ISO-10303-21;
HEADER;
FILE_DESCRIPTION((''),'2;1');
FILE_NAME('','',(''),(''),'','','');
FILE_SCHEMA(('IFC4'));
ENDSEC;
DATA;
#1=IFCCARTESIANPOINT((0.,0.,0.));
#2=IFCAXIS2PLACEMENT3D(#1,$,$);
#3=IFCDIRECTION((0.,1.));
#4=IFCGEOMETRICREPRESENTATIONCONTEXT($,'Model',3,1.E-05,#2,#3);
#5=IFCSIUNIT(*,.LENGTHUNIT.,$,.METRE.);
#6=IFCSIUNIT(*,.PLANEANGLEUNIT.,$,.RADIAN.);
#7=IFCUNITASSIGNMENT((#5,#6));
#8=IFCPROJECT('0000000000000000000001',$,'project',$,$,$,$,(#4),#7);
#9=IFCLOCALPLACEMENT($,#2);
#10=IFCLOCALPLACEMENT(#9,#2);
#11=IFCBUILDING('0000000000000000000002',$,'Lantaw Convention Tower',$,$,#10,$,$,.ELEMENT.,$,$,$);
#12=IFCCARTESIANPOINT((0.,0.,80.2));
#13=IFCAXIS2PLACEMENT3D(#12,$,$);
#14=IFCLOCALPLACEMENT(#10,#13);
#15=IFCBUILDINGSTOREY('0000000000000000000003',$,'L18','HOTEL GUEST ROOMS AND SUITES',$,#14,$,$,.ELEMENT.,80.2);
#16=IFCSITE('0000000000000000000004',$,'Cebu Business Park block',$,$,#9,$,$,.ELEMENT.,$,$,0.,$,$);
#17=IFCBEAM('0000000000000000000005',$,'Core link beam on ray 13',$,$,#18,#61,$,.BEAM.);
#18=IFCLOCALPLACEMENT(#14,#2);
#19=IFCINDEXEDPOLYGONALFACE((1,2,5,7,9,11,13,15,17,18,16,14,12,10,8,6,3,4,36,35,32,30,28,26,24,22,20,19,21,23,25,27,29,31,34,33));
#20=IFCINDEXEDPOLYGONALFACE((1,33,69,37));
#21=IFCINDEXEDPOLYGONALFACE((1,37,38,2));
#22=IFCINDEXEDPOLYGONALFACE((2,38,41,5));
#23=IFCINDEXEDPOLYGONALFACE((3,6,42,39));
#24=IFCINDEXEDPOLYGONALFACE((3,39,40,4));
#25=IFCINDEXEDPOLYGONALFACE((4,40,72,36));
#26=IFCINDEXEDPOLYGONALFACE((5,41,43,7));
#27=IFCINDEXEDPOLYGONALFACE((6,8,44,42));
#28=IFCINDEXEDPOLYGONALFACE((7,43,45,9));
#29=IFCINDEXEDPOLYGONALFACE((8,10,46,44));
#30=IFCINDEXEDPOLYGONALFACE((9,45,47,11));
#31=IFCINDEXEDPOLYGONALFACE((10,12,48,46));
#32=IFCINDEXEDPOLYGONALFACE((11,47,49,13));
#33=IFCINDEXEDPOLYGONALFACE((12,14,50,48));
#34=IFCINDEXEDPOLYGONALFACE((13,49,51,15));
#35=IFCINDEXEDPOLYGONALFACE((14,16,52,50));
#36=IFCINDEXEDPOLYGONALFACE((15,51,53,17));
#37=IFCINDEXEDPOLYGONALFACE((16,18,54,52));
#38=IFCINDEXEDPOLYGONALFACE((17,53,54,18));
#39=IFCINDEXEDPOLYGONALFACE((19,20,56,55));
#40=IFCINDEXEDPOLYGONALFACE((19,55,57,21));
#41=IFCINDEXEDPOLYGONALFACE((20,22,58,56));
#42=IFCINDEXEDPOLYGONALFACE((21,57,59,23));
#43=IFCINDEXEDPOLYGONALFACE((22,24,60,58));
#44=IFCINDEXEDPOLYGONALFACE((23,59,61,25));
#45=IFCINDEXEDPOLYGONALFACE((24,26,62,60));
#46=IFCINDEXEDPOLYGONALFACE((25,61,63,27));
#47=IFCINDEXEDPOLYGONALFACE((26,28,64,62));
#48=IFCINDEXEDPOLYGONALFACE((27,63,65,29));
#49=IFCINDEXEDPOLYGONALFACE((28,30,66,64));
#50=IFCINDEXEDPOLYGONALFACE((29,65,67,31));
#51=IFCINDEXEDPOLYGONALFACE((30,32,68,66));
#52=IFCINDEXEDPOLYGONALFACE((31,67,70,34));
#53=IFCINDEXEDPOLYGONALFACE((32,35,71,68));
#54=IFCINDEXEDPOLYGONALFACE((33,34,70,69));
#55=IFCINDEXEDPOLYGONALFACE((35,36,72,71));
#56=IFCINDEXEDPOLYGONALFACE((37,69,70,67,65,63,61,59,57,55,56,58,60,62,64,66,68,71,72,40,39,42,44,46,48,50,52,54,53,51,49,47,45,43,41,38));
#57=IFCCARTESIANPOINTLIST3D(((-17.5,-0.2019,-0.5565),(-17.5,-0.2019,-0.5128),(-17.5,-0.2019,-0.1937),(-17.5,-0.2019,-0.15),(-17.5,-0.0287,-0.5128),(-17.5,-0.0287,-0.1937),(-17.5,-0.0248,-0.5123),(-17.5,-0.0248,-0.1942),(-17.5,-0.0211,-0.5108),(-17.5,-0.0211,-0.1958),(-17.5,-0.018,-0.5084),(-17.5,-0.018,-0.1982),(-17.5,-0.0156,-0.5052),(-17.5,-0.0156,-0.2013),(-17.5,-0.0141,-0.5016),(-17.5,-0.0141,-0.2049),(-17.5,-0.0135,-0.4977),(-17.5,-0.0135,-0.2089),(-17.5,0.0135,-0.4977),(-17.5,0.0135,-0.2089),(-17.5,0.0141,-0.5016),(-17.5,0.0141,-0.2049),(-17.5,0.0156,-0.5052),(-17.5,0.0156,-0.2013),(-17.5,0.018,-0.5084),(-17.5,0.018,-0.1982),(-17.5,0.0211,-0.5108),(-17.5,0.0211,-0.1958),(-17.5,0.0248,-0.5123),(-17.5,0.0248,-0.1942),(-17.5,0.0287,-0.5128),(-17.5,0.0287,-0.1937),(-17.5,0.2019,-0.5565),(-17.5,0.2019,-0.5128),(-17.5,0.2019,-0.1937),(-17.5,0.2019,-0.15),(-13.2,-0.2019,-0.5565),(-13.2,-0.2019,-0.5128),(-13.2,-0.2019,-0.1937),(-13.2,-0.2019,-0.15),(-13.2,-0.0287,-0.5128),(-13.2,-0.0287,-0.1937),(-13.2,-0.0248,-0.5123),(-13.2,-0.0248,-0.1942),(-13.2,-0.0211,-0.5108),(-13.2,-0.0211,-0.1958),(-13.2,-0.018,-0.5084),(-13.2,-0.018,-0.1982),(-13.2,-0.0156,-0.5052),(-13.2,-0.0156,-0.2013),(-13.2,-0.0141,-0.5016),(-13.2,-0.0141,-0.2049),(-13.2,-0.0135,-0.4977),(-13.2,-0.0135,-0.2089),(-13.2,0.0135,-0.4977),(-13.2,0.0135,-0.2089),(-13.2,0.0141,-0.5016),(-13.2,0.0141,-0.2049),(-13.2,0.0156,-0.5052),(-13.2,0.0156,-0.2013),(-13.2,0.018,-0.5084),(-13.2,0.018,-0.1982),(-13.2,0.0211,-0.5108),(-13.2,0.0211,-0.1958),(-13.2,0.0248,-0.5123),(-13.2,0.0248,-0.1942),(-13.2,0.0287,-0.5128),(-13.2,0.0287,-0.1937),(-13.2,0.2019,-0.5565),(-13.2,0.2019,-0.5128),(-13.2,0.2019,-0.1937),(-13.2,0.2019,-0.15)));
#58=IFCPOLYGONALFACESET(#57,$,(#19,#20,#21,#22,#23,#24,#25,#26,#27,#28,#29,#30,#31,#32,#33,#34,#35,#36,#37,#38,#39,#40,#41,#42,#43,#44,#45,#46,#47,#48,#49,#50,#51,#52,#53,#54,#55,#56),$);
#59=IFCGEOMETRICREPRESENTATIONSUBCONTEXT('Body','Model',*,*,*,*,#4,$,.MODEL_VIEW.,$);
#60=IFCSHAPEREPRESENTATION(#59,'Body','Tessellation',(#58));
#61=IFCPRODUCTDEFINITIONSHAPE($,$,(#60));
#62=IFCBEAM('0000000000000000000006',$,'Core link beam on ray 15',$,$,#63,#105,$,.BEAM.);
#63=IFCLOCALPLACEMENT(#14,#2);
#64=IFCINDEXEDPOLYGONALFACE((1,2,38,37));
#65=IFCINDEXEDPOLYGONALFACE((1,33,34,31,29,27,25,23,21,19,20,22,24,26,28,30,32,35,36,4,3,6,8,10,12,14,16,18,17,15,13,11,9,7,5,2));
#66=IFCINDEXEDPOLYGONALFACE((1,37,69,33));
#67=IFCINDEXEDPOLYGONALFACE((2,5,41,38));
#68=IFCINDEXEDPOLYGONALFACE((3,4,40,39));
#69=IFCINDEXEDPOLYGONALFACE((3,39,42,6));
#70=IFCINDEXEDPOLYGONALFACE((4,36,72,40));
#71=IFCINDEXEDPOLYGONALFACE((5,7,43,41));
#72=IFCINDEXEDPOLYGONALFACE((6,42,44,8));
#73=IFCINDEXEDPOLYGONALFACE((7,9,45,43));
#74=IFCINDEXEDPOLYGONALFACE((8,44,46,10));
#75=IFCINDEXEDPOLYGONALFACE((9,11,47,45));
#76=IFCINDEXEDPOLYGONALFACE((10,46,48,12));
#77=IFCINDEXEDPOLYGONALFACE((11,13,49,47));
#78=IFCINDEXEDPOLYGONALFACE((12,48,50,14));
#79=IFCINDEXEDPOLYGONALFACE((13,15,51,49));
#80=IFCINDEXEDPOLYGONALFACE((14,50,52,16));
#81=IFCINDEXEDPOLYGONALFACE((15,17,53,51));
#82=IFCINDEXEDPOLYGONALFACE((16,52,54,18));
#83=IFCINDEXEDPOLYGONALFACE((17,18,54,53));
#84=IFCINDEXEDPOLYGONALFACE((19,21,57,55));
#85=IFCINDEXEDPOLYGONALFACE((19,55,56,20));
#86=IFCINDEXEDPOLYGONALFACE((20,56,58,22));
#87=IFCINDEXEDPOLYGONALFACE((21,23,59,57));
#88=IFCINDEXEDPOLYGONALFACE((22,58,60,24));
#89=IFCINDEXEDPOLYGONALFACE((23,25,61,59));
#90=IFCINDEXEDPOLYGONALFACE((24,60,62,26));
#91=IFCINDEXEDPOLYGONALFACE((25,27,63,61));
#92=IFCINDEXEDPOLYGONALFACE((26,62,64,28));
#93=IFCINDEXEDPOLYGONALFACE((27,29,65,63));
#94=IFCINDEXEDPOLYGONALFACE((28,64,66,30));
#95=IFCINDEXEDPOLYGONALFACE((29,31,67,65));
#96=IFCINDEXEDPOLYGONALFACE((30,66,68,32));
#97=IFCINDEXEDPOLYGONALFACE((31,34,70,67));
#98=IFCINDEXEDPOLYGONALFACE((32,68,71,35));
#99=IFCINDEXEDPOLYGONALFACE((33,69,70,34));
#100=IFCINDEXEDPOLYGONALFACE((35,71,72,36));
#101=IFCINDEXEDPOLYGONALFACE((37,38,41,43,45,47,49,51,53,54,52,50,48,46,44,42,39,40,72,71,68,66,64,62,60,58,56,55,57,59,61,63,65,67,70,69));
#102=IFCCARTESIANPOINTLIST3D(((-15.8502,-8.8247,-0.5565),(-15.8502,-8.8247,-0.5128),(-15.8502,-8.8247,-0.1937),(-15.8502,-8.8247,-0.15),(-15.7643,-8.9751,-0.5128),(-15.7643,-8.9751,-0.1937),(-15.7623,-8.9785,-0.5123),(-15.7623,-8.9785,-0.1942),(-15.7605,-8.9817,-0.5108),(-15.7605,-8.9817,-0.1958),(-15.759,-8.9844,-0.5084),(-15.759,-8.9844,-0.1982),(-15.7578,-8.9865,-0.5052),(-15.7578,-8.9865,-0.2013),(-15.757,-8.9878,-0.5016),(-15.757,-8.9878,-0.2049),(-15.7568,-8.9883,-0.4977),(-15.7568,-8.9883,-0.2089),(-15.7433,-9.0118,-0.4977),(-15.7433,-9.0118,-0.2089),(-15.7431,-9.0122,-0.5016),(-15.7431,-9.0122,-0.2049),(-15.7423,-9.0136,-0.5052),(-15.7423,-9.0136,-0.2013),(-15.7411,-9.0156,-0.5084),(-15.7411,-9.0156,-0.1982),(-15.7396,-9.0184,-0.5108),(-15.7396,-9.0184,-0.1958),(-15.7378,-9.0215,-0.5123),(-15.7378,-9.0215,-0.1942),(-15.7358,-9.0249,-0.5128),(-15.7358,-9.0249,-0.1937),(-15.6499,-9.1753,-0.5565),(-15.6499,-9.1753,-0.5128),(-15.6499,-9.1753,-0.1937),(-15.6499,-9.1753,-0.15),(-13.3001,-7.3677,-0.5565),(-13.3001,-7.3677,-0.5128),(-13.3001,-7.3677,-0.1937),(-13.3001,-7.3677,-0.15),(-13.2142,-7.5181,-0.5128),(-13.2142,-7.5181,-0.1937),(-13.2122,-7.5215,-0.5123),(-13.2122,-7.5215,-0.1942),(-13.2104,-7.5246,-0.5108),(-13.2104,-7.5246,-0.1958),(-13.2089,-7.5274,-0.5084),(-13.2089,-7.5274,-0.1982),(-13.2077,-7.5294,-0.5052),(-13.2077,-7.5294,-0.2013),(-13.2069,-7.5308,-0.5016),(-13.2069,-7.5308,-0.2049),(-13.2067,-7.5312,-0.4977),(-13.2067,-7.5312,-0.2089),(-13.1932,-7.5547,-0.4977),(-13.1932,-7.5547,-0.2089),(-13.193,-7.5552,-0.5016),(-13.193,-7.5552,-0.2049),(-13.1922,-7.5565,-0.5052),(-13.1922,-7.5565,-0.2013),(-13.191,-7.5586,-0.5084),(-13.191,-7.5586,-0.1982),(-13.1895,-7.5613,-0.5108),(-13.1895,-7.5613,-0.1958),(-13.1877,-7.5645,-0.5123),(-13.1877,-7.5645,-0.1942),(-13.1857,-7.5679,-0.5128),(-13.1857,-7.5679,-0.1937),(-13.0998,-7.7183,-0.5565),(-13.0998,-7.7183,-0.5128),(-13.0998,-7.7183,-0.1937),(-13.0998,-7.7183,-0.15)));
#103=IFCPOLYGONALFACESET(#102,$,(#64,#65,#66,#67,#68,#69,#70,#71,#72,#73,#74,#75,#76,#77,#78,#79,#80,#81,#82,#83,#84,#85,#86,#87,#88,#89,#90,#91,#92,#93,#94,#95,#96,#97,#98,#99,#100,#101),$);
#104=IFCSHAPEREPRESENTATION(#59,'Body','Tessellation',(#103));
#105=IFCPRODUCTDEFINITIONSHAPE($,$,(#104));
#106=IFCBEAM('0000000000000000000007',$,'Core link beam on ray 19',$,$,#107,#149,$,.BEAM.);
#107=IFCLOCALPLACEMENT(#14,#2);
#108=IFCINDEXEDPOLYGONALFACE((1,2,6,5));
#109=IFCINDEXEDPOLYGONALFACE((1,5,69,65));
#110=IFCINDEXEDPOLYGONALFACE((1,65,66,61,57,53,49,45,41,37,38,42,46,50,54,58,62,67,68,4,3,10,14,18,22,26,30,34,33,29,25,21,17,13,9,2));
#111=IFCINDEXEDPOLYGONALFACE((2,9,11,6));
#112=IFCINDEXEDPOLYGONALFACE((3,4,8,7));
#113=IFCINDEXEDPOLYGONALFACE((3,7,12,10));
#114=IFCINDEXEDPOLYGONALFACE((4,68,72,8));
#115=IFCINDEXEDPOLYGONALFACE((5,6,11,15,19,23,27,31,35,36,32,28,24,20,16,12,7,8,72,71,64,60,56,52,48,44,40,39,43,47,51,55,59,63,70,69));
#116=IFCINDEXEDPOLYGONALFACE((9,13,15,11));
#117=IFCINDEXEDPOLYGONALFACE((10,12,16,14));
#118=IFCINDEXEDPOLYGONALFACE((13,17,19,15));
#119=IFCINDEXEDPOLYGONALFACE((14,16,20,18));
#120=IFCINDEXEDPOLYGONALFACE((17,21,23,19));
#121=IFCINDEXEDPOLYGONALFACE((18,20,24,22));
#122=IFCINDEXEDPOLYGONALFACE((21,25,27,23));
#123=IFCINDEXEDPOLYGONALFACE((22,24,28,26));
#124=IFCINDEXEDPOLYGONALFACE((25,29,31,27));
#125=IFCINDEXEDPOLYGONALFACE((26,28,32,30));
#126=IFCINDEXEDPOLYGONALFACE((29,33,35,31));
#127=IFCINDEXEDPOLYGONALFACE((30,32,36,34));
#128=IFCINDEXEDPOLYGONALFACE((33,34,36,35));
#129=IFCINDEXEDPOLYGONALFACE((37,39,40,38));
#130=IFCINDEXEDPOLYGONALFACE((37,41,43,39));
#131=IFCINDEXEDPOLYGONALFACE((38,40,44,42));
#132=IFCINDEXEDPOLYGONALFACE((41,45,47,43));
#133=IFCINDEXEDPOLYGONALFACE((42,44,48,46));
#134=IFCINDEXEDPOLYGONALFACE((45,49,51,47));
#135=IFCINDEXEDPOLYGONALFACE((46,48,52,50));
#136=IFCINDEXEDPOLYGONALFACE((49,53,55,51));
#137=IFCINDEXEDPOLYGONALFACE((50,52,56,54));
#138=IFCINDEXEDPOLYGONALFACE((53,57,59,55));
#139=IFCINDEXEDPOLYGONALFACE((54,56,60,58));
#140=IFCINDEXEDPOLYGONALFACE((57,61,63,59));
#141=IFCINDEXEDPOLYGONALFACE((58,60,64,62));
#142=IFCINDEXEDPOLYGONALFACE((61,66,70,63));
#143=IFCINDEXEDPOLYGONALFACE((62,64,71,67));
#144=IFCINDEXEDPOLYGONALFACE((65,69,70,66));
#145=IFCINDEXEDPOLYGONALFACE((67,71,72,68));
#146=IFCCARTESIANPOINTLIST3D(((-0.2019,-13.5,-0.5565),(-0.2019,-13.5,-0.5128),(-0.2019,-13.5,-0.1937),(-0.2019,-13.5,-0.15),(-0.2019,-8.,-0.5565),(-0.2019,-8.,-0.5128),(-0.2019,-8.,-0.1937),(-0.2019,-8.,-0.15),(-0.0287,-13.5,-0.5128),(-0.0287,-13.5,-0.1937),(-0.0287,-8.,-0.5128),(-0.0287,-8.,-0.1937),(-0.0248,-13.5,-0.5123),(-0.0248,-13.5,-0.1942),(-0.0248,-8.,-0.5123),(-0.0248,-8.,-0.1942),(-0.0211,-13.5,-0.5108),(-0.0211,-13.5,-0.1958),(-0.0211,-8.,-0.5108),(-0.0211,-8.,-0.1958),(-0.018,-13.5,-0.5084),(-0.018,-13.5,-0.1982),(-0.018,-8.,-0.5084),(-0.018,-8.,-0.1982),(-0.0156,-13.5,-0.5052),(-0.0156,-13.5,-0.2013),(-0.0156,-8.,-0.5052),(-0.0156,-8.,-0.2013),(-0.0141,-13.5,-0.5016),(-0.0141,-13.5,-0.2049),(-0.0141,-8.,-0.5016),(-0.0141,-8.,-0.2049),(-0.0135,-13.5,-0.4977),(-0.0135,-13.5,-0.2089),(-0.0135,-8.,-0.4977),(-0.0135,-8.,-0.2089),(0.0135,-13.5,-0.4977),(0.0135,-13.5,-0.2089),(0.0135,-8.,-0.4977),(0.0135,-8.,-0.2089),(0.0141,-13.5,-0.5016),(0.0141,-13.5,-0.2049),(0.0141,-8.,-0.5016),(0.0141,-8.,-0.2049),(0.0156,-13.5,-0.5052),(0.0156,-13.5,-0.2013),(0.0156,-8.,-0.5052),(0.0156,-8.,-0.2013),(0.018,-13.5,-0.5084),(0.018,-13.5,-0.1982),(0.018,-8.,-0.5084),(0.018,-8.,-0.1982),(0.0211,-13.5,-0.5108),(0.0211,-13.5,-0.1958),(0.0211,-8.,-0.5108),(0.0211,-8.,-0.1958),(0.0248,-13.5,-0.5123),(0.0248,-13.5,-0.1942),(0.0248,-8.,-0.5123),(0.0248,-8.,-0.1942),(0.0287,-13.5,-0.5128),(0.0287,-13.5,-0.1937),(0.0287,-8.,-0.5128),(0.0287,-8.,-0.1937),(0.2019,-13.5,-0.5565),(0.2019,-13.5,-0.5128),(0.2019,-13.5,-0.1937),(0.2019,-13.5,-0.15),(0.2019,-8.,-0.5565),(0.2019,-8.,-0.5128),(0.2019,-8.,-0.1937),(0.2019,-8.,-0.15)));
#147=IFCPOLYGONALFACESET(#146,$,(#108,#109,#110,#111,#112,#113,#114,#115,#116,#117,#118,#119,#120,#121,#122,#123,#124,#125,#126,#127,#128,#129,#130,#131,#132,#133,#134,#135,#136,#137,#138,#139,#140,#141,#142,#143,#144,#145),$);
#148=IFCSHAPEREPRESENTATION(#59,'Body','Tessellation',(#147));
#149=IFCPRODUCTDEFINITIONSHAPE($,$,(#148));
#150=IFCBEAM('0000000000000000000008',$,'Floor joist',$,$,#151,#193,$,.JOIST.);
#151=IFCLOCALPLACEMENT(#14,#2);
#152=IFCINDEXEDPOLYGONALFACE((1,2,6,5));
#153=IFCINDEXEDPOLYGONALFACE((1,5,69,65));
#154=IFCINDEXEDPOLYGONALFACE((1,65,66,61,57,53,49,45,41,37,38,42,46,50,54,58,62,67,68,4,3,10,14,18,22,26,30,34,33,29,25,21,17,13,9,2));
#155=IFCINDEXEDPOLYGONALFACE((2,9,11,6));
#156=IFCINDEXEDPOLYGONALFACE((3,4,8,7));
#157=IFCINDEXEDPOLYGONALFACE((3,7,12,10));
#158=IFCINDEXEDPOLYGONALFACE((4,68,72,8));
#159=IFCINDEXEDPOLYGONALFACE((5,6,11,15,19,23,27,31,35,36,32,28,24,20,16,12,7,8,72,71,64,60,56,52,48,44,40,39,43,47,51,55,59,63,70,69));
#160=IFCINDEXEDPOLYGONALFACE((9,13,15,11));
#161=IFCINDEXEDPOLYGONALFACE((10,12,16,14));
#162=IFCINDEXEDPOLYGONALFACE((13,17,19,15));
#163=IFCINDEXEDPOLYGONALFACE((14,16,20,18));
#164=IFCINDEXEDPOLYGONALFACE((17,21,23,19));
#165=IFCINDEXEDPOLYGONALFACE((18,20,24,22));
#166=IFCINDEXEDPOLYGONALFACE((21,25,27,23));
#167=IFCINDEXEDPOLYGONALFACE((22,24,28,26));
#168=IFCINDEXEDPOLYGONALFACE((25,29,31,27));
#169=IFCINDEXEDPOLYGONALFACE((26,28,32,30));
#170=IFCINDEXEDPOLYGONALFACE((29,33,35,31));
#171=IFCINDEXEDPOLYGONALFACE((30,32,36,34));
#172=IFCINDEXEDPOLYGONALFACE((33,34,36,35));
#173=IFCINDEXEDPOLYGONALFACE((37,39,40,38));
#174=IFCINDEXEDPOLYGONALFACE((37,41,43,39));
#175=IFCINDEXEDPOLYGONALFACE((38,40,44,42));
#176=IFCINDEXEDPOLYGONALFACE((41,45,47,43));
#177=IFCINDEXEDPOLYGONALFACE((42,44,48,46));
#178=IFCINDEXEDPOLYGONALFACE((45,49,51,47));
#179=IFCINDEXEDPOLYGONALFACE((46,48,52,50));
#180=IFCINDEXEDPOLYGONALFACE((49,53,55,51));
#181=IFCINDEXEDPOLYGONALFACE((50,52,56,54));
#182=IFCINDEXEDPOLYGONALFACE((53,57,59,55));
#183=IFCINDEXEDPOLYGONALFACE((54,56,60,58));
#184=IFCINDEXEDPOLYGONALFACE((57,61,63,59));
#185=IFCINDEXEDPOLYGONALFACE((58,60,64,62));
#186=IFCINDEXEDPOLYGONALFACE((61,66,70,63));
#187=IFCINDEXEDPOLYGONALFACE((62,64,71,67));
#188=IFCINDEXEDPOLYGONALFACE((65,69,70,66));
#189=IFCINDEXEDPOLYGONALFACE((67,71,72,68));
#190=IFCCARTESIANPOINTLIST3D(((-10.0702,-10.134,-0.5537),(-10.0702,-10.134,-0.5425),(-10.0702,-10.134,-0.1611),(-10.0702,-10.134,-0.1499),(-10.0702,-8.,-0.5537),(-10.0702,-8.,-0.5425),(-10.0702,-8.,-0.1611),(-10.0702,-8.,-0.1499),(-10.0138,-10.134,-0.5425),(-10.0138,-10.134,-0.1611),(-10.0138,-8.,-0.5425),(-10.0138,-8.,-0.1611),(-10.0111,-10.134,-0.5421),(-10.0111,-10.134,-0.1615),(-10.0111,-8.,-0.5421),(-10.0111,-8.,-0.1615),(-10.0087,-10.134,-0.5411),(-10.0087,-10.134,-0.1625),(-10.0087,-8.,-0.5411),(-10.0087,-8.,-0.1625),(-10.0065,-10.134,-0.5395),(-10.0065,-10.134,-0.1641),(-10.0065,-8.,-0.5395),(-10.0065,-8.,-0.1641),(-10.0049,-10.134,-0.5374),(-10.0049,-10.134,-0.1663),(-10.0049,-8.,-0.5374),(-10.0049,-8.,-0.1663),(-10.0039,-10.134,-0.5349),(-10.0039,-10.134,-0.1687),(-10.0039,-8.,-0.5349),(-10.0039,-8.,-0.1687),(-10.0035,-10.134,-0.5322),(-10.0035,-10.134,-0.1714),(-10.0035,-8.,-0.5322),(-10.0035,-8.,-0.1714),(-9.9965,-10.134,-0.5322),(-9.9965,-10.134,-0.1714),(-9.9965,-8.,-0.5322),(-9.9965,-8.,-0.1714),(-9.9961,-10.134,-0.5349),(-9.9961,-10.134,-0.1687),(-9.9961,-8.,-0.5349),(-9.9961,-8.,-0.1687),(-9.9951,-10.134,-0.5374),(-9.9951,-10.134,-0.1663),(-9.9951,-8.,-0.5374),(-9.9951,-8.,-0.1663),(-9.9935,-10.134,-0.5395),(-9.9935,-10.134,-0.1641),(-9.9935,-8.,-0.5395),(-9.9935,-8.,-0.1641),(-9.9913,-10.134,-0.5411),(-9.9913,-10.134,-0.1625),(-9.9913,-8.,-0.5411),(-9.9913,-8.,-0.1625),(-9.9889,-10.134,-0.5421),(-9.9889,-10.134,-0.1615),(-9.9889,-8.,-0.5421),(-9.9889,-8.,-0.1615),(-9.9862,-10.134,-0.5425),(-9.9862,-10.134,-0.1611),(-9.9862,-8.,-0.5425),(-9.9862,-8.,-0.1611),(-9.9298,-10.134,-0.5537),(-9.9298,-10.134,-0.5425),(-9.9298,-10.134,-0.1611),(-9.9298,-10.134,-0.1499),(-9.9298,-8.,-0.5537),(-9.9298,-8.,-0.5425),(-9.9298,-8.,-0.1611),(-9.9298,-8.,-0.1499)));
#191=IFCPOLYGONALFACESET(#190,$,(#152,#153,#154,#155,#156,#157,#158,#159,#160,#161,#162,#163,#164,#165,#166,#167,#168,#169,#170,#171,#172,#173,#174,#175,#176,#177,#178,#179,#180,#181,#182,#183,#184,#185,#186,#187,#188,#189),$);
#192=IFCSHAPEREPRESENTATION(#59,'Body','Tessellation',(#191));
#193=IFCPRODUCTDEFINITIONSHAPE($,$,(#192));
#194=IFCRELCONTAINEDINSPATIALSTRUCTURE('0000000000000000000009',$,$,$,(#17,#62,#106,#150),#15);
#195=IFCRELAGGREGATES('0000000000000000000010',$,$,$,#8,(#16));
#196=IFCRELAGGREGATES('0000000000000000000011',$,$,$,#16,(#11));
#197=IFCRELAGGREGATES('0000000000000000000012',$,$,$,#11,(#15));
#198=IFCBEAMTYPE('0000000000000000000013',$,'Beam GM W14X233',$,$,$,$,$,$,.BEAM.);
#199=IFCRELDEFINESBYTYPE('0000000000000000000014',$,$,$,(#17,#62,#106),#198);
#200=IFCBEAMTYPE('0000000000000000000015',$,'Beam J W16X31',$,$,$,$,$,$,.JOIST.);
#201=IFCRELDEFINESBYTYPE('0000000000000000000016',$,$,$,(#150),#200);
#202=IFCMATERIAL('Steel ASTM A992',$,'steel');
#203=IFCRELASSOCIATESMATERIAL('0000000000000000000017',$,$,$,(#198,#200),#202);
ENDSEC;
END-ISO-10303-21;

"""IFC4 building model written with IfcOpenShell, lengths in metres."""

from ifc_helpers import new_model, si_unit, direction, frame, origin, origin_2d, place, context, subcontext, project, spatial, i_section, extrude, material, material_profile, profile_set, type_object, element, save


model = new_model("IFC4")

# Units and contexts
model_context = context("Model", 3, precision=1e-05, world=origin(), true_north=direction((0.0, 1.0)))
body_context = subcontext(model_context, "Body", "Model", "MODEL_VIEW")
ifc_project = project(units=[si_unit("LENGTHUNIT", "METRE"), si_unit("PLANEANGLEUNIT", "RADIAN")], contexts=[model_context])

# Site, building, storey
site_placement = place(None, origin())
site = spatial("IfcSite", under=ifc_project, at=site_placement, Name="Cebu Business Park block", CompositionType="ELEMENT", RefElevation=0.0)
building_placement = place(site_placement, origin())
building = spatial("IfcBuilding", under=site, at=building_placement, Name="Lantaw Convention Tower", CompositionType="ELEMENT")
storey_placement = place(building_placement, frame((0.0, 0.0, 80.2)))
storey = spatial("IfcBuildingStorey", under=building, at=storey_placement, Name="L18", Description="HOTEL GUEST ROOMS AND SUITES", CompositionType="ELEMENT", Elevation=80.2)

# Beams
ifc_material_1 = material(Name="Steel ASTM A992", Category="steel")
ifc_material_profile_1 = material_profile(ifc_material_1, i_section(OverallWidth=0.4038, OverallDepth=0.4065, WebThickness=0.0271, FlangeThickness=0.0437, FilletRadius=0.0151, at=origin_2d()), Name="W14X233")
ifc_profile_set_1 = profile_set([ifc_material_profile_1], Name="Steel ASTM A992")
beam_type_1 = type_object("IfcBeamType", Name="Beam GM W14X233", PredefinedType="BEAM", material=ifc_profile_set_1)
beam_1_placement = place(storey_placement, frame((-13.2, 0.0, -0.3533), z_axis=(-1.0, 0.0, 0.0), x_axis=(0.0, -1.0, 0.0)))
element("IfcBeam", 1, at=beam_1_placement, inside=storey, type_object=beam_type_1, Name="Core link beam on ray 13", PredefinedType="BEAM", context=body_context, shape_type="SweptSolid", body=[
    extrude(i_section(OverallWidth=0.4038, OverallDepth=0.4065, WebThickness=0.0271, FlangeThickness=0.0437, FilletRadius=0.0151, at=origin_2d()), origin(), (0.0, 0.0, 1.0), 4.3),
])
beam_2_placement = place(storey_placement, frame((-13.2, -7.543, -0.3533), z_axis=(-0.868264, -0.496103, 0.0), x_axis=(0.496103, -0.868264, 0.0)))
element("IfcBeam", 2, at=beam_2_placement, inside=storey, type_object=beam_type_1, Name="Core link beam on ray 15", PredefinedType="BEAM", context=body_context, shape_type="SweptSolid", body=[
    extrude(i_section(OverallWidth=0.4038, OverallDepth=0.4065, WebThickness=0.0271, FlangeThickness=0.0437, FilletRadius=0.0151, at=origin_2d()), origin(), (0.0, 0.0, 1.0), 2.937),
])
beam_3_placement = place(storey_placement, frame((0.0, -8.0, -0.3533), z_axis=(0.0, -1.0, 0.0), x_axis=(1.0, 0.0, 0.0)))
element("IfcBeam", 3, at=beam_3_placement, inside=storey, type_object=beam_type_1, Name="Core link beam on ray 19", PredefinedType="BEAM", context=body_context, shape_type="SweptSolid", body=[
    extrude(i_section(OverallWidth=0.4038, OverallDepth=0.4065, WebThickness=0.0271, FlangeThickness=0.0437, FilletRadius=0.0151, at=origin_2d()), origin(), (0.0, 0.0, 1.0), 5.5),
])
ifc_material_profile_2 = material_profile(ifc_material_1, i_section(OverallWidth=0.1404, OverallDepth=0.4038, WebThickness=0.0071, FlangeThickness=0.0112, FilletRadius=0.0103, at=origin_2d()), Name="W16X31")
ifc_profile_set_2 = profile_set([ifc_material_profile_2], Name="Steel ASTM A992")
beam_type_2 = type_object("IfcBeamType", Name="Beam J W16X31", PredefinedType="JOIST", material=ifc_profile_set_2)
beam_4_placement = place(storey_placement, frame((-10.0, -10.134, -0.3518), z_axis=(0.0, 1.0, 0.0), x_axis=(-1.0, 0.0, 0.0)))
element("IfcBeam", 4, at=beam_4_placement, inside=storey, type_object=beam_type_2, Name="Floor joist", PredefinedType="JOIST", context=body_context, shape_type="SweptSolid", body=[
    extrude(i_section(OverallWidth=0.1404, OverallDepth=0.4038, WebThickness=0.0071, FlangeThickness=0.0112, FilletRadius=0.0103, at=origin_2d()), origin(), (0.0, 0.0, 1.0), 2.134),
])

save(model, "model.ifc")
